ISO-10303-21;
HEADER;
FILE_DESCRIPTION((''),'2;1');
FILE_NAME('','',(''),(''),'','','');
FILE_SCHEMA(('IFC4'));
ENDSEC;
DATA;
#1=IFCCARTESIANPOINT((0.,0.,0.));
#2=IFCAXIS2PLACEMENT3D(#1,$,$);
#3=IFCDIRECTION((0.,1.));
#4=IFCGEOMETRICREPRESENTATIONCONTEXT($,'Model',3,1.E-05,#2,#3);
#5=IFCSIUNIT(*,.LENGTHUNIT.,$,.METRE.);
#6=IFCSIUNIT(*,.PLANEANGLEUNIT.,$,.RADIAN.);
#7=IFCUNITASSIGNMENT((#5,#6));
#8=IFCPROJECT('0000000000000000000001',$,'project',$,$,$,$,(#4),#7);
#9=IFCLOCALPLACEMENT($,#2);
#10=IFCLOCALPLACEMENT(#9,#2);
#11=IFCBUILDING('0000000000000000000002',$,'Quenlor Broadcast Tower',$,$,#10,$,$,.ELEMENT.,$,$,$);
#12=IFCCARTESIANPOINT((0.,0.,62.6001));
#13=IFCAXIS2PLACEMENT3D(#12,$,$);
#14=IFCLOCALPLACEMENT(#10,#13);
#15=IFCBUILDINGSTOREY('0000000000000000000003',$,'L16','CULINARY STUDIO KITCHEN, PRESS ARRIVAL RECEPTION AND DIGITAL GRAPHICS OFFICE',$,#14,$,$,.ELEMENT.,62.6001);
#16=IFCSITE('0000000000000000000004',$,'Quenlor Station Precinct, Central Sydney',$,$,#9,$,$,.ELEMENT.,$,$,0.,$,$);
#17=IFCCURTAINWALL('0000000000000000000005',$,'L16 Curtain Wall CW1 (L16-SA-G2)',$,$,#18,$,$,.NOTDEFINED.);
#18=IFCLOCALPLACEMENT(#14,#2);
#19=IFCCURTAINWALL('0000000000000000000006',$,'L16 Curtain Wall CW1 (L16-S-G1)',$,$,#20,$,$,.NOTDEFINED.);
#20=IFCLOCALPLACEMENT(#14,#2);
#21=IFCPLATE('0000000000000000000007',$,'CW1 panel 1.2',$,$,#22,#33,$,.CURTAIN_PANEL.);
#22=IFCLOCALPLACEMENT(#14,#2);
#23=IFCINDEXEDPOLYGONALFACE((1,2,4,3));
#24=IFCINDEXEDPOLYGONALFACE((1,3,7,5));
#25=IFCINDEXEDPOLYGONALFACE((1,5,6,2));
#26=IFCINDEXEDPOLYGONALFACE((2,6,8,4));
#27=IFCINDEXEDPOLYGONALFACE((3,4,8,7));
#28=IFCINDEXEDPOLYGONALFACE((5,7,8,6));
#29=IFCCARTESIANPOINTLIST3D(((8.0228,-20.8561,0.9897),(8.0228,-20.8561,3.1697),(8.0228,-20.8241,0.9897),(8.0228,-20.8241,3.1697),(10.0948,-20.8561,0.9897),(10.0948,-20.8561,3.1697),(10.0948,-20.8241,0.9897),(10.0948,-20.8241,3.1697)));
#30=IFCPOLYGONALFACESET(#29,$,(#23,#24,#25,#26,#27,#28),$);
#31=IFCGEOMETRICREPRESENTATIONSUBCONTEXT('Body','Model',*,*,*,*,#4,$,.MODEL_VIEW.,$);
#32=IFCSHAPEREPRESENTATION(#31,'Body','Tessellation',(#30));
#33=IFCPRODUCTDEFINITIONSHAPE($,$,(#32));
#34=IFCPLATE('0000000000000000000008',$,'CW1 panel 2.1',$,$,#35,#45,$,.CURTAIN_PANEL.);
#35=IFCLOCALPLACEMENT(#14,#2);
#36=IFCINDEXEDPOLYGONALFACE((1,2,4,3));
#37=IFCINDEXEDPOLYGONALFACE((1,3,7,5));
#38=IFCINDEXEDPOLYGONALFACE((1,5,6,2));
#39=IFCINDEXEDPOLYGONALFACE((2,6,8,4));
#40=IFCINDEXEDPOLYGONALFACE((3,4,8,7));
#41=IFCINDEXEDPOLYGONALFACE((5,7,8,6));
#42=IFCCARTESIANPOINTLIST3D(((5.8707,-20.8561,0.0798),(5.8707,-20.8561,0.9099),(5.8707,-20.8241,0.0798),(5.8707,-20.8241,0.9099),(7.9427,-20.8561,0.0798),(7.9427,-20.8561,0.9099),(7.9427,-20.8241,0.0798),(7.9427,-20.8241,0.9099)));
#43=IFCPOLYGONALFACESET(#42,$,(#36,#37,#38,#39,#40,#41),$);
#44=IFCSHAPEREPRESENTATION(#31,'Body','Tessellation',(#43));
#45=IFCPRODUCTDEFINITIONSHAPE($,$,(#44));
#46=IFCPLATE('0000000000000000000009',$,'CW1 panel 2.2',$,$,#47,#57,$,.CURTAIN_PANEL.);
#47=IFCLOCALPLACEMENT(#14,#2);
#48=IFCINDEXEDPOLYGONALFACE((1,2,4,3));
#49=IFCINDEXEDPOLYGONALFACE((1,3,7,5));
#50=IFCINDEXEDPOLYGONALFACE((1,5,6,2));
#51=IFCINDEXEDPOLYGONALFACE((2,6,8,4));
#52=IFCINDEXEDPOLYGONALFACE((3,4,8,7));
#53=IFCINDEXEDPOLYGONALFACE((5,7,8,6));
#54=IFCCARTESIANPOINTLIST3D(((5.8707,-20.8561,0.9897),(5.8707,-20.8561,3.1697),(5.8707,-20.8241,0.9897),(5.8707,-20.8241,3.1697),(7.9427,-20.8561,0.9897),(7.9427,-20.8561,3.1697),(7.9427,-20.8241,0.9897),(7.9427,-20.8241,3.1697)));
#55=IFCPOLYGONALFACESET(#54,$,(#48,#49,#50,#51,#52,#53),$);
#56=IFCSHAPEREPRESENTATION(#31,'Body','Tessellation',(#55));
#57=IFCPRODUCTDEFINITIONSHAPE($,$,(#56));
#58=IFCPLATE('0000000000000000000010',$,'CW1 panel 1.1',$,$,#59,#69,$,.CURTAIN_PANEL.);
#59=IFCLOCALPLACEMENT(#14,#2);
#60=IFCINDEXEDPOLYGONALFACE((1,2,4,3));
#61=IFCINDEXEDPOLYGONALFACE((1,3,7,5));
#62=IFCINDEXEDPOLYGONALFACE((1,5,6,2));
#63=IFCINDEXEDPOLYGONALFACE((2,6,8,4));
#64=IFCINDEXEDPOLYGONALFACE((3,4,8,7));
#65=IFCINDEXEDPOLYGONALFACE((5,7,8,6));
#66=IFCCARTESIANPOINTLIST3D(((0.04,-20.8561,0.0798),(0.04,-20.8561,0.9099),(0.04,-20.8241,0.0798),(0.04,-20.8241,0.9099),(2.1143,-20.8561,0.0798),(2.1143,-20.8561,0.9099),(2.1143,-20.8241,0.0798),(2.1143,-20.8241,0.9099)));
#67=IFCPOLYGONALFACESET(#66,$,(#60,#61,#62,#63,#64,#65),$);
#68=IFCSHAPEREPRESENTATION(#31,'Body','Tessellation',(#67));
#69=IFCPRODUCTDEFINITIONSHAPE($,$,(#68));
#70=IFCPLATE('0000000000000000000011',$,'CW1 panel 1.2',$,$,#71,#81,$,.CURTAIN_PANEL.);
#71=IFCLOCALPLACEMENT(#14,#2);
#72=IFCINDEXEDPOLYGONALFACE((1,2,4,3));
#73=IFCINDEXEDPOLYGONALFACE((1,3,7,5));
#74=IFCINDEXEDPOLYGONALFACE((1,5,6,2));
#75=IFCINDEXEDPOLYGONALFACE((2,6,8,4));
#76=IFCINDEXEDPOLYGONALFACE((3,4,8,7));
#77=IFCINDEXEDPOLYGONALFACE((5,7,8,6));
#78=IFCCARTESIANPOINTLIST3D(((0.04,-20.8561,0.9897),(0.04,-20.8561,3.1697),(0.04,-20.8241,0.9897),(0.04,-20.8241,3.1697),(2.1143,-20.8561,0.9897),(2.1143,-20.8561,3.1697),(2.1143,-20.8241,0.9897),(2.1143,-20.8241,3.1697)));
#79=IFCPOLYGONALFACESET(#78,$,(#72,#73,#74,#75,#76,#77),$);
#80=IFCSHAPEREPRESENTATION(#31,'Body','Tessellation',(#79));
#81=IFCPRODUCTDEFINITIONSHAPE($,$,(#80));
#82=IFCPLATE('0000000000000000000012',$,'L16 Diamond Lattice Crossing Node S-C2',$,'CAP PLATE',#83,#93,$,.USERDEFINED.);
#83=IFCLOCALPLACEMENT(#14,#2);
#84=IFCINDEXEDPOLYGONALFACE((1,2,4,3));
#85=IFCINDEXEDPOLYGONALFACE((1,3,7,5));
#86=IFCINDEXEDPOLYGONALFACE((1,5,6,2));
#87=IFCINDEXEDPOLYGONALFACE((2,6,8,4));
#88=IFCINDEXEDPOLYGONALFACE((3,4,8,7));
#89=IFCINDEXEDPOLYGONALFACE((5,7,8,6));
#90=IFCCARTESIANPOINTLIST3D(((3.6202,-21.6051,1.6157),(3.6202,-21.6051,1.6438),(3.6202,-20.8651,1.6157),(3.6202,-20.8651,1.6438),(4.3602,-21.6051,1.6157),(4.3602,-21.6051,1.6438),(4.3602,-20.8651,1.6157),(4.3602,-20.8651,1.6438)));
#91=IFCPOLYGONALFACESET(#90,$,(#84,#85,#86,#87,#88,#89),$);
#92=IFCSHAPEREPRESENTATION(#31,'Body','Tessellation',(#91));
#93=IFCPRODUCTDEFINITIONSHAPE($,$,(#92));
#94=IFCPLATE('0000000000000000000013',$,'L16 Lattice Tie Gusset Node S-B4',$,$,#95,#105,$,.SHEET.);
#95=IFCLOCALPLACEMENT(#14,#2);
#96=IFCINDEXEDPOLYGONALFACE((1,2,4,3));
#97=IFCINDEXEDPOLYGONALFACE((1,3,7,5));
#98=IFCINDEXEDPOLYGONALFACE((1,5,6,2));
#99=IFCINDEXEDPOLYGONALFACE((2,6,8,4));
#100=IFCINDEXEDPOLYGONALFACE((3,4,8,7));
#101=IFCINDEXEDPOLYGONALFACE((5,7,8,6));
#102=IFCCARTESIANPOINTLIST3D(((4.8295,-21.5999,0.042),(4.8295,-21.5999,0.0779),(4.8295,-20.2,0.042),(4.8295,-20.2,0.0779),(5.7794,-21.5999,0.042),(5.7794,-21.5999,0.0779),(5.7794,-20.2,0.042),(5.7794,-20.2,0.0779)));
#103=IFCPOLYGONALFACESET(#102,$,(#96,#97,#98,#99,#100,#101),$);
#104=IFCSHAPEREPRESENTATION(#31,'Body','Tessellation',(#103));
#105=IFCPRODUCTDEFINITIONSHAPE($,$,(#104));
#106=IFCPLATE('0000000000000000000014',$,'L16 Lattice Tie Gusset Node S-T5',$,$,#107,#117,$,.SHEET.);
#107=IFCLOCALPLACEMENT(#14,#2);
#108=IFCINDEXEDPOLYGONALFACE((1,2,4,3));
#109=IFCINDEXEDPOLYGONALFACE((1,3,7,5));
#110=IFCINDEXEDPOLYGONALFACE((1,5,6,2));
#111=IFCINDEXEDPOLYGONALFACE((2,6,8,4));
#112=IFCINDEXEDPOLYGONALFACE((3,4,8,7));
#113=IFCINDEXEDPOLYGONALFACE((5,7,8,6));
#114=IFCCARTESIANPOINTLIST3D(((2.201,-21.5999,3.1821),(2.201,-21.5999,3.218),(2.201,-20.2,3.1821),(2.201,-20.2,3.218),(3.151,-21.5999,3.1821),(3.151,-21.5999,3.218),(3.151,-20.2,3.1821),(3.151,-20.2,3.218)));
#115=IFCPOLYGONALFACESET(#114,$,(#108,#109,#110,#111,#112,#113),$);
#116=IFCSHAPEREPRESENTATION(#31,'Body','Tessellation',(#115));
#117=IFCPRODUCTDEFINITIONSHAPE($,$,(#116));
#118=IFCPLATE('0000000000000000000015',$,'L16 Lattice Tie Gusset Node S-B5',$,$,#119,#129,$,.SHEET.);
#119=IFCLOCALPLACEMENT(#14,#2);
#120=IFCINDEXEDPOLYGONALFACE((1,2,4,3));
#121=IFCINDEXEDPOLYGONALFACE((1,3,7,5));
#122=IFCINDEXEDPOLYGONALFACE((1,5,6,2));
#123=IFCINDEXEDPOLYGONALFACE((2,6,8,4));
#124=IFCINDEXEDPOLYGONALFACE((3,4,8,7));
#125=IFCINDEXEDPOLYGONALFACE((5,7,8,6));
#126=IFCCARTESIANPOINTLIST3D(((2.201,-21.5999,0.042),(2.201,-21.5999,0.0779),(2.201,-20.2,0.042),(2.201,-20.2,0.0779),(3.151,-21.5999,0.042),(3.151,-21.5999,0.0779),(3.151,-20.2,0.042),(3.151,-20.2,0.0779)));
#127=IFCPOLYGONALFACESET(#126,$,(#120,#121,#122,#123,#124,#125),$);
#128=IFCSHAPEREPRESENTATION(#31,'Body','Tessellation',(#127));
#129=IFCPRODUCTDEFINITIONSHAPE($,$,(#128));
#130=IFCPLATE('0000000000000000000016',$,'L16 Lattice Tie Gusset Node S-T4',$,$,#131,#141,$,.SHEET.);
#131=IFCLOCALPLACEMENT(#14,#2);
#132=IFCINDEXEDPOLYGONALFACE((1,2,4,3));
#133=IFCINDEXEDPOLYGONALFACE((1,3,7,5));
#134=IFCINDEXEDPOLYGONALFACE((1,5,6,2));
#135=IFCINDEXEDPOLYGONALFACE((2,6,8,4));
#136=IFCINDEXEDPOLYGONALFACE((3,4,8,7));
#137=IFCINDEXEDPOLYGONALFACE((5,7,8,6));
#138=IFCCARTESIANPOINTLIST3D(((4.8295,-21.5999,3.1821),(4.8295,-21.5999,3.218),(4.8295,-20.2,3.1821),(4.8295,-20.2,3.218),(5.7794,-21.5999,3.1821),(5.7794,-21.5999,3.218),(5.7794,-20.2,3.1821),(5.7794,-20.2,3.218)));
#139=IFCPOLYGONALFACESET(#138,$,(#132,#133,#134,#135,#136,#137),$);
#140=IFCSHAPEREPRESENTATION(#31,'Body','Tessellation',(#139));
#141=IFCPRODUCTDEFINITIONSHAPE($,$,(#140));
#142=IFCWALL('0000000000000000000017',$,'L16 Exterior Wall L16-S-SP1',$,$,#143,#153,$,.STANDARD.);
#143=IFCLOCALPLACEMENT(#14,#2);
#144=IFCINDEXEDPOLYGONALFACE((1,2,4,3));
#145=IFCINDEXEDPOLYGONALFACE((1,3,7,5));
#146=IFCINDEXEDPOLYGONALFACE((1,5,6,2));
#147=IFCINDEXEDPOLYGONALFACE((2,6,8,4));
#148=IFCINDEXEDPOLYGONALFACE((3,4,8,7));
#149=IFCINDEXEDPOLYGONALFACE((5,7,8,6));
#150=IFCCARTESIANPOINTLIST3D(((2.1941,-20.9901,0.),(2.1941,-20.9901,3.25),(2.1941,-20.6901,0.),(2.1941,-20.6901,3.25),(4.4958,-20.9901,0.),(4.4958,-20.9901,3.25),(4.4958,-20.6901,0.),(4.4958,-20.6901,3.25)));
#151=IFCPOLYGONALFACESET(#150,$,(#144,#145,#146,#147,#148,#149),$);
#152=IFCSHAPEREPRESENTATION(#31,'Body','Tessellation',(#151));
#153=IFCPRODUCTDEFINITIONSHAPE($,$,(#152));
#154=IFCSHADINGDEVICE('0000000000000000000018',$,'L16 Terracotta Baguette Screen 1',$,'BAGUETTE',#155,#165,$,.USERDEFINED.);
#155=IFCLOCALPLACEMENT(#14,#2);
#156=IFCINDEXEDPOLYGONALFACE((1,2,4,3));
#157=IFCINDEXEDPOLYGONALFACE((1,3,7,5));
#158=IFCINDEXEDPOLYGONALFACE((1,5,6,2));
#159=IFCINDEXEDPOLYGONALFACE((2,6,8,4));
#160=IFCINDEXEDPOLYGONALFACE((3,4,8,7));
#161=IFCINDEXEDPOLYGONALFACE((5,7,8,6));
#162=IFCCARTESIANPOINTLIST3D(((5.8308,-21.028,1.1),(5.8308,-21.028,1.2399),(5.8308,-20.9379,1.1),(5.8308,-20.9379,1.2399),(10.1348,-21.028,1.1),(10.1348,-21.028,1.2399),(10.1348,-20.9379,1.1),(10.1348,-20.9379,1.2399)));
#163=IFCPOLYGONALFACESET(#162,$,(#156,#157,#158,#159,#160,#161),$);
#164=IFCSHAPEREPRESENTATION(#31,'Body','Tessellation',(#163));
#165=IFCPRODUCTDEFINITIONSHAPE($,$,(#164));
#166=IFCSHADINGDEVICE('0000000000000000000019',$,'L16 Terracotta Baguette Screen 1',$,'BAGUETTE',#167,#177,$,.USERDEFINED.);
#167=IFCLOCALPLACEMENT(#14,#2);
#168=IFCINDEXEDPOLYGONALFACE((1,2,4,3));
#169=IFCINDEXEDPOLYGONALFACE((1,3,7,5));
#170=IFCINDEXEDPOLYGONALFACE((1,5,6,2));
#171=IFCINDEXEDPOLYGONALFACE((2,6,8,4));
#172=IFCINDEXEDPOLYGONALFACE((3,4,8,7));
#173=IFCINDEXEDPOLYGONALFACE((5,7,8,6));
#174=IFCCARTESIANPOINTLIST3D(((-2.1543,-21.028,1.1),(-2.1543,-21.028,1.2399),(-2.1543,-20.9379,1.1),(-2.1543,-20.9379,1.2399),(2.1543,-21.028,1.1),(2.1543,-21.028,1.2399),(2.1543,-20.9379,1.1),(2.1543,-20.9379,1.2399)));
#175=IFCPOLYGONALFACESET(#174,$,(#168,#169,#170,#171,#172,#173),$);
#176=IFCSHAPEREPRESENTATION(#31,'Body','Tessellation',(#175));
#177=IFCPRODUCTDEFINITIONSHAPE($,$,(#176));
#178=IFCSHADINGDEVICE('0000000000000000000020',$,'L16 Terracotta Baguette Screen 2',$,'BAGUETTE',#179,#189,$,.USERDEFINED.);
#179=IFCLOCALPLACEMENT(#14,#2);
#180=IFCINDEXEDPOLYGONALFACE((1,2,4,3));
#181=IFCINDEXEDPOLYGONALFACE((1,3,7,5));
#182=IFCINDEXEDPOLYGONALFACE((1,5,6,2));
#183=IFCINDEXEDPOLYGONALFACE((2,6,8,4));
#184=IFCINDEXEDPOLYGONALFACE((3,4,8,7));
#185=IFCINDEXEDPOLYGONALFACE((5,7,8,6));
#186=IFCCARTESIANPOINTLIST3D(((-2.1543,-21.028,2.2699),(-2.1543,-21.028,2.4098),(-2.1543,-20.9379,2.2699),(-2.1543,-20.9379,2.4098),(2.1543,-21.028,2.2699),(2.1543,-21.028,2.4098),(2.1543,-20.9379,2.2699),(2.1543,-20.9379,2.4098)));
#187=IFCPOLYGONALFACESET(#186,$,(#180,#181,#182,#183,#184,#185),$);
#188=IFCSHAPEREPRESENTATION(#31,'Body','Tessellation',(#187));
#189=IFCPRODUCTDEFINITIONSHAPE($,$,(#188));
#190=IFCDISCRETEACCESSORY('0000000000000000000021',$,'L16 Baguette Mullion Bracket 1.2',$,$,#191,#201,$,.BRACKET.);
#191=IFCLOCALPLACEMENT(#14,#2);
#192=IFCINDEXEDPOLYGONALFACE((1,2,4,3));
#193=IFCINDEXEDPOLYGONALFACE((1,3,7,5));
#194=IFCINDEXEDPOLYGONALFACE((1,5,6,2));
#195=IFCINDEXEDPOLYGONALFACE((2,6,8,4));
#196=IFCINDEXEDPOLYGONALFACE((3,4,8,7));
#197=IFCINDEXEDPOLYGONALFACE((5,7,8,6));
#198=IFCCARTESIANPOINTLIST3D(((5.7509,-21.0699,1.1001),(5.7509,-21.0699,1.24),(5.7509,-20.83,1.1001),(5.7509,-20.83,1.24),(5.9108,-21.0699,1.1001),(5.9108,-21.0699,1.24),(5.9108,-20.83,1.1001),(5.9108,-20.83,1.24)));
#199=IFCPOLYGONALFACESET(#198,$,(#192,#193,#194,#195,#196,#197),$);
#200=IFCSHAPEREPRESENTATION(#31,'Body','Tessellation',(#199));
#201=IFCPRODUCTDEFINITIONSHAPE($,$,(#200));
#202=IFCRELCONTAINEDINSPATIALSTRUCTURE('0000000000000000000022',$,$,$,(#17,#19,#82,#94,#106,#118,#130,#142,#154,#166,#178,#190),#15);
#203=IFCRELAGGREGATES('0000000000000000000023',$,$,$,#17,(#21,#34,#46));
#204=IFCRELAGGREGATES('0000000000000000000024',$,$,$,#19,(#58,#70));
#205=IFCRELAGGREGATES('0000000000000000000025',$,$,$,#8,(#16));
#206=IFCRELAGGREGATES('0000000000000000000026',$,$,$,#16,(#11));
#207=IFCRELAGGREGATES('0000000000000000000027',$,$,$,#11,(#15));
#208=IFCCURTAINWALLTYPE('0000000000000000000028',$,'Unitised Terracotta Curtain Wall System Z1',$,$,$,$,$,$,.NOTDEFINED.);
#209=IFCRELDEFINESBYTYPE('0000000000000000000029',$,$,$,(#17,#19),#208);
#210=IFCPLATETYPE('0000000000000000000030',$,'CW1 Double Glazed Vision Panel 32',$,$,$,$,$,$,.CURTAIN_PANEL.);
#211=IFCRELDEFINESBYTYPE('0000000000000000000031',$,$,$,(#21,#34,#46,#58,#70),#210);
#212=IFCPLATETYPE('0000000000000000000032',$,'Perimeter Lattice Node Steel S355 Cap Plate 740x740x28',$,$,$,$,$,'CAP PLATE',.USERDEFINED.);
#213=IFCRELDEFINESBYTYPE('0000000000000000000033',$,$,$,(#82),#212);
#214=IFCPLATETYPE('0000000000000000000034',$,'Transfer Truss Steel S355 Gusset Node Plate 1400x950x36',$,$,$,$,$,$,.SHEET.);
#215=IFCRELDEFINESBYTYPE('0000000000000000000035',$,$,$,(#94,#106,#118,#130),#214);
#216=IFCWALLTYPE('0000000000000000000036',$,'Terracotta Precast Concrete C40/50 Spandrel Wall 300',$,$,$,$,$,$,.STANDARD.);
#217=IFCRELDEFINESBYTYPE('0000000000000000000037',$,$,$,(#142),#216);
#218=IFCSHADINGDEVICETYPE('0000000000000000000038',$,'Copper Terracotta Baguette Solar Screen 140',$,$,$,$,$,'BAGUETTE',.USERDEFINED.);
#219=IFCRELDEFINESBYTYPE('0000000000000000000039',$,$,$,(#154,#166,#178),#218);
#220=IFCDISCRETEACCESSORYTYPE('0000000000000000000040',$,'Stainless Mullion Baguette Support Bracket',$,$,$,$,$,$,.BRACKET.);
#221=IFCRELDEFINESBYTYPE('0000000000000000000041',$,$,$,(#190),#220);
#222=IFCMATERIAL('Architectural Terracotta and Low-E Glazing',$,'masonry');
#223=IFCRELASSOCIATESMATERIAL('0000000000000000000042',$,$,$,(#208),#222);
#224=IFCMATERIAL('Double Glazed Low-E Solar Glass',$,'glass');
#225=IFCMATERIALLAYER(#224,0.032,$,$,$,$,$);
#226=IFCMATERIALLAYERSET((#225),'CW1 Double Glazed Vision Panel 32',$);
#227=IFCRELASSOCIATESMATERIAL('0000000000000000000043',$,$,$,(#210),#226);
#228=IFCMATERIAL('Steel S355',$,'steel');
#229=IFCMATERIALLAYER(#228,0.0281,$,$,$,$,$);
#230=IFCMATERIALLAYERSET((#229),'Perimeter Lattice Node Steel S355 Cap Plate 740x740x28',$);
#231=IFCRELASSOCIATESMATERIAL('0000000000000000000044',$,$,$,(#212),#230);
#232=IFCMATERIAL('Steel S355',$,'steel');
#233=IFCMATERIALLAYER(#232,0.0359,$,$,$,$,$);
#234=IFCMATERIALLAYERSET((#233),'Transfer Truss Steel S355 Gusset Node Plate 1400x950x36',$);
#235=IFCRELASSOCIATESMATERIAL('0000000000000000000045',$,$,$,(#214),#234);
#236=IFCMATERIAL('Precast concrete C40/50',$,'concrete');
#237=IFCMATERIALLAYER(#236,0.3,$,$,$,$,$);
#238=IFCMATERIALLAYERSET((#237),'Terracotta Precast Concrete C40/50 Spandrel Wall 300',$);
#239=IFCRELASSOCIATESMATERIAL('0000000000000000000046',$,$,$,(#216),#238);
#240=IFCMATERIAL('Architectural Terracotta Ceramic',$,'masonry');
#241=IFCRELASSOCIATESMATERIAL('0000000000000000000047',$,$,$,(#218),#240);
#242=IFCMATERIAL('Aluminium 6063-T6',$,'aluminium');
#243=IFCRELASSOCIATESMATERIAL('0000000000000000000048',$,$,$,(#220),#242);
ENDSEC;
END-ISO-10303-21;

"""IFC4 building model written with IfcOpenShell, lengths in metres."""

from ifc_helpers import new_model, si_unit, direction, frame, frame_2d, origin, origin_2d, place, context, subcontext, project, spatial, rectangle, extrude, material, layer, layer_set, material_profile, profile_set, type_object, element, aggregate, save


model = new_model("IFC4")

# Units and contexts
model_context = context("Model", 3, precision=1e-05, world=origin(), true_north=direction((0.0, 1.0)))
body_context = subcontext(model_context, "Body", "Model", "MODEL_VIEW")
ifc_project = project(units=[si_unit("LENGTHUNIT", "METRE"), si_unit("PLANEANGLEUNIT", "RADIAN")], contexts=[model_context])

# Site, building, storey
site_placement = place(None, origin())
site = spatial("IfcSite", under=ifc_project, at=site_placement, Name="Quenlor Station Precinct, Central Sydney", CompositionType="ELEMENT", RefElevation=0.0)
building_placement = place(site_placement, origin())
building = spatial("IfcBuilding", under=site, at=building_placement, Name="Quenlor Broadcast Tower", CompositionType="ELEMENT")
storey_placement = place(building_placement, frame((0.0, 0.0, 62.6001)))
storey = spatial("IfcBuildingStorey", under=building, at=storey_placement, Name="L16", Description="CULINARY STUDIO KITCHEN, PRESS ARRIVAL RECEPTION AND DIGITAL GRAPHICS OFFICE", CompositionType="ELEMENT", Elevation=62.6001)

# Curtain wall
ifc_material_1 = material(Name="Architectural Terracotta and Low-E Glazing", Category="masonry")
curtain_wall_type = type_object("IfcCurtainWallType", Name="Unitised Terracotta Curtain Wall System Z1", PredefinedType="NOTDEFINED", material=ifc_material_1)
curtain_wall_1_placement = place(storey_placement, origin())
curtain_wall_1 = element("IfcCurtainWall", 1, at=curtain_wall_1_placement, inside=storey, type_object=curtain_wall_type, Name="L16 Curtain Wall CW1 (L16-SA-G2)", PredefinedType="NOTDEFINED")

# Curtain wall
curtain_wall_2_placement = place(storey_placement, origin())
curtain_wall_2 = element("IfcCurtainWall", 2, at=curtain_wall_2_placement, inside=storey, type_object=curtain_wall_type, Name="L16 Curtain Wall CW1 (L16-S-G1)", PredefinedType="NOTDEFINED")

# Plates
ifc_material_2 = material(Name="Double Glazed Low-E Solar Glass", Category="glass")
ifc_layer_1 = layer(ifc_material_2, 0.032)
ifc_layer_set_1 = layer_set([ifc_layer_1], Name="CW1 Double Glazed Vision Panel 32")
plate_type_1 = type_object("IfcPlateType", Name="CW1 Double Glazed Vision Panel 32", PredefinedType="CURTAIN_PANEL", material=ifc_layer_set_1)
plate_1_placement = place(storey_placement, frame((9.0588, -20.8401, 0.9897), z_axis=(0.0, 0.0, 1.0), x_axis=(-1.0, 0.0, 0.0)))
plate_1 = element("IfcPlate", 3, at=plate_1_placement, type_object=plate_type_1, Name="CW1 panel 1.2", PredefinedType="CURTAIN_PANEL", context=body_context, shape_type="SweptSolid", body=[
    extrude(rectangle(XDim=2.072, YDim=0.032, at=origin_2d()), origin(), (0.0, 0.0, 1.0), 2.1799),
])
plate_2_placement = place(storey_placement, frame((6.9067, -20.8401, 0.0798), z_axis=(0.0, 0.0, 1.0), x_axis=(-1.0, 0.0, 0.0)))
plate_2 = element("IfcPlate", 4, at=plate_2_placement, type_object=plate_type_1, Name="CW1 panel 2.1", PredefinedType="CURTAIN_PANEL", context=body_context, shape_type="SweptSolid", body=[
    extrude(rectangle(XDim=2.072, YDim=0.032, at=origin_2d()), origin(), (0.0, 0.0, 1.0), 0.8301),
])
plate_3_placement = place(storey_placement, frame((6.9067, -20.8401, 0.9897), z_axis=(0.0, 0.0, 1.0), x_axis=(-1.0, 0.0, 0.0)))
plate_3 = element("IfcPlate", 5, at=plate_3_placement, type_object=plate_type_1, Name="CW1 panel 2.2", PredefinedType="CURTAIN_PANEL", context=body_context, shape_type="SweptSolid", body=[
    extrude(rectangle(XDim=2.072, YDim=0.032, at=origin_2d()), origin(), (0.0, 0.0, 1.0), 2.1799),
])
aggregate(curtain_wall_1, [plate_1, plate_2, plate_3])
plate_4_placement = place(storey_placement, frame((1.0771, -20.8401, 0.0798), z_axis=(0.0, 0.0, 1.0), x_axis=(-1.0, 0.0, 0.0)))
plate_4 = element("IfcPlate", 6, at=plate_4_placement, type_object=plate_type_1, Name="CW1 panel 1.1", PredefinedType="CURTAIN_PANEL", context=body_context, shape_type="SweptSolid", body=[
    extrude(rectangle(XDim=2.0742, YDim=0.032, at=origin_2d()), origin(), (0.0, 0.0, 1.0), 0.8301),
])
plate_5_placement = place(storey_placement, frame((1.0771, -20.8401, 0.9897), z_axis=(0.0, 0.0, 1.0), x_axis=(-1.0, 0.0, 0.0)))
plate_5 = element("IfcPlate", 7, at=plate_5_placement, type_object=plate_type_1, Name="CW1 panel 1.2", PredefinedType="CURTAIN_PANEL", context=body_context, shape_type="SweptSolid", body=[
    extrude(rectangle(XDim=2.0742, YDim=0.032, at=origin_2d()), origin(), (0.0, 0.0, 1.0), 2.1799),
])
aggregate(curtain_wall_2, [plate_4, plate_5])

# Plates
ifc_material_3 = material(Name="Steel S355", Category="steel")
ifc_layer_2 = layer(ifc_material_3, 0.0281)
ifc_layer_set_2 = layer_set([ifc_layer_2], Name="Perimeter Lattice Node Steel S355 Cap Plate 740x740x28")
plate_type_2 = type_object("IfcPlateType", Name="Perimeter Lattice Node Steel S355 Cap Plate 740x740x28", ElementType="CAP PLATE", PredefinedType="USERDEFINED", material=ifc_layer_set_2)
plate_6_placement = place(storey_placement, frame((3.9902, -21.2351, 1.6157), z_axis=(0.0, 0.0, 1.0), x_axis=(-1.0, 0.0, 0.0)))
element("IfcPlate", 8, at=plate_6_placement, inside=storey, type_object=plate_type_2, Name="L16 Diamond Lattice Crossing Node S-C2", ObjectType="CAP PLATE", PredefinedType="USERDEFINED", context=body_context, shape_type="SweptSolid", body=[
    extrude(rectangle(XDim=0.74, YDim=0.74, at=origin_2d()), origin(), (0.0, 0.0, 1.0), 0.0281),
])
ifc_material_4 = material(Name="Steel S355", Category="steel")
ifc_layer_3 = layer(ifc_material_4, 0.0359)
ifc_layer_set_3 = layer_set([ifc_layer_3], Name="Transfer Truss Steel S355 Gusset Node Plate 1400x950x36")
plate_type_3 = type_object("IfcPlateType", Name="Transfer Truss Steel S355 Gusset Node Plate 1400x950x36", PredefinedType="SHEET", material=ifc_layer_set_3)
for number, where, z_axis, x_axis, name in (
    (9, (5.3044, -20.8999, 0.042), (0.0, 0.0, 1.0), (0.0, -1.0, 0.0), "L16 Lattice Tie Gusset Node S-B4"),
    (10, (2.676, -20.8999, 3.1821), (0.0, 0.0, 1.0), (0.0, -1.0, 0.0), "L16 Lattice Tie Gusset Node S-T5"),
    (11, (2.676, -20.8999, 0.042), (0.0, 0.0, 1.0), (0.0, -1.0, 0.0), "L16 Lattice Tie Gusset Node S-B5"),
    (12, (5.3044, -20.8999, 3.1821), (0.0, 0.0, 1.0), (0.0, -1.0, 0.0), "L16 Lattice Tie Gusset Node S-T4"),
):
    element("IfcPlate", number, at=place(storey_placement, frame(where, z_axis=z_axis, x_axis=x_axis)), inside=storey, type_object=plate_type_3, Name=name, PredefinedType="SHEET", context=body_context, shape_type="SweptSolid", body=[
        extrude(rectangle(XDim=1.3999, YDim=0.95, at=origin_2d()), origin(), (0.0, 0.0, 1.0), 0.0359),
    ])

# Wall
ifc_material_5 = material(Name="Precast concrete C40/50", Category="concrete")
ifc_layer_4 = layer(ifc_material_5, 0.3)
ifc_layer_set_4 = layer_set([ifc_layer_4], Name="Terracotta Precast Concrete C40/50 Spandrel Wall 300")
wall_type = type_object("IfcWallType", Name="Terracotta Precast Concrete C40/50 Spandrel Wall 300", PredefinedType="STANDARD", material=ifc_layer_set_4)
wall_placement = place(storey_placement, frame((4.4958, -20.8401, 0.0), z_axis=(0.0, 0.0, 1.0), x_axis=(-1.0, 0.0, 0.0)))
element("IfcWall", 13, at=wall_placement, inside=storey, type_object=wall_type, Name="L16 Exterior Wall L16-S-SP1", PredefinedType="STANDARD", context=body_context, shape_type="SweptSolid", body=[
    extrude(rectangle(XDim=2.3018, YDim=0.3, at=frame_2d((1.1509, 0.0))), origin(), (0.0, 0.0, 1.0), 3.25),
])

# Shading devices
ifc_material_6 = material(Name="Architectural Terracotta Ceramic", Category="masonry")
ifc_material_profile_1 = material_profile(ifc_material_6, rectangle(XDim=0.0901, YDim=0.1399, at=origin_2d()))
ifc_profile_set_1 = profile_set([ifc_material_profile_1], Name="Architectural Terracotta Ceramic BAG90x140")
shading_device_type = type_object("IfcShadingDeviceType", Name="Copper Terracotta Baguette Solar Screen 140", ElementType="BAGUETTE", PredefinedType="USERDEFINED", material=ifc_profile_set_1)
shading_device_placement = place(storey_placement, frame((10.1348, -20.9829, 1.1699), z_axis=(-1.0, 0.0, 0.0), x_axis=(0.0, -1.0, 0.0)))
element("IfcShadingDevice", 14, at=shading_device_placement, inside=storey, type_object=shading_device_type, Name="L16 Terracotta Baguette Screen 1", ObjectType="BAGUETTE", PredefinedType="USERDEFINED", context=body_context, shape_type="SweptSolid", body=[
    extrude(rectangle(XDim=0.0901, YDim=0.1399, at=origin_2d()), origin(), (0.0, 0.0, 1.0), 4.304),
])
for number, where, z_axis, x_axis, name in (
    (15, (2.1543, -20.9829, 1.1699), (-1.0, 0.0, 0.0), (0.0, -1.0, 0.0), "L16 Terracotta Baguette Screen 1"),
    (16, (2.1543, -20.9829, 2.3398), (-1.0, 0.0, 0.0), (0.0, -1.0, 0.0), "L16 Terracotta Baguette Screen 2"),
):
    element("IfcShadingDevice", number, at=place(storey_placement, frame(where, z_axis=z_axis, x_axis=x_axis)), inside=storey, type_object=shading_device_type, Name=name, ObjectType="BAGUETTE", PredefinedType="USERDEFINED", context=body_context, shape_type="SweptSolid", body=[
        extrude(rectangle(XDim=0.0901, YDim=0.1399, at=origin_2d()), origin(), (0.0, 0.0, 1.0), 4.3086),
    ])

# Discrete accessory
ifc_material_7 = material(Name="Aluminium 6063-T6", Category="aluminium")
discrete_accessory_type = type_object("IfcDiscreteAccessoryType", Name="Stainless Mullion Baguette Support Bracket", PredefinedType="BRACKET", material=ifc_material_7)
for number, where, z_axis, x_axis, name in (
    (17, (5.8308, -20.95, 1.1001), (0.0, 0.0, 1.0), (-1.0, 0.0, 0.0), "L16 Baguette Mullion Bracket 1.2"),
):
    element("IfcDiscreteAccessory", number, at=place(storey_placement, frame(where, z_axis=z_axis, x_axis=x_axis)), inside=storey, type_object=discrete_accessory_type, Name=name, PredefinedType="BRACKET", context=body_context, shape_type="SweptSolid", body=[
        extrude(rectangle(XDim=0.1599, YDim=0.24, at=origin_2d()), origin(), (0.0, 0.0, 1.0), 0.1399),
    ])

save(model, "model.ifc")
